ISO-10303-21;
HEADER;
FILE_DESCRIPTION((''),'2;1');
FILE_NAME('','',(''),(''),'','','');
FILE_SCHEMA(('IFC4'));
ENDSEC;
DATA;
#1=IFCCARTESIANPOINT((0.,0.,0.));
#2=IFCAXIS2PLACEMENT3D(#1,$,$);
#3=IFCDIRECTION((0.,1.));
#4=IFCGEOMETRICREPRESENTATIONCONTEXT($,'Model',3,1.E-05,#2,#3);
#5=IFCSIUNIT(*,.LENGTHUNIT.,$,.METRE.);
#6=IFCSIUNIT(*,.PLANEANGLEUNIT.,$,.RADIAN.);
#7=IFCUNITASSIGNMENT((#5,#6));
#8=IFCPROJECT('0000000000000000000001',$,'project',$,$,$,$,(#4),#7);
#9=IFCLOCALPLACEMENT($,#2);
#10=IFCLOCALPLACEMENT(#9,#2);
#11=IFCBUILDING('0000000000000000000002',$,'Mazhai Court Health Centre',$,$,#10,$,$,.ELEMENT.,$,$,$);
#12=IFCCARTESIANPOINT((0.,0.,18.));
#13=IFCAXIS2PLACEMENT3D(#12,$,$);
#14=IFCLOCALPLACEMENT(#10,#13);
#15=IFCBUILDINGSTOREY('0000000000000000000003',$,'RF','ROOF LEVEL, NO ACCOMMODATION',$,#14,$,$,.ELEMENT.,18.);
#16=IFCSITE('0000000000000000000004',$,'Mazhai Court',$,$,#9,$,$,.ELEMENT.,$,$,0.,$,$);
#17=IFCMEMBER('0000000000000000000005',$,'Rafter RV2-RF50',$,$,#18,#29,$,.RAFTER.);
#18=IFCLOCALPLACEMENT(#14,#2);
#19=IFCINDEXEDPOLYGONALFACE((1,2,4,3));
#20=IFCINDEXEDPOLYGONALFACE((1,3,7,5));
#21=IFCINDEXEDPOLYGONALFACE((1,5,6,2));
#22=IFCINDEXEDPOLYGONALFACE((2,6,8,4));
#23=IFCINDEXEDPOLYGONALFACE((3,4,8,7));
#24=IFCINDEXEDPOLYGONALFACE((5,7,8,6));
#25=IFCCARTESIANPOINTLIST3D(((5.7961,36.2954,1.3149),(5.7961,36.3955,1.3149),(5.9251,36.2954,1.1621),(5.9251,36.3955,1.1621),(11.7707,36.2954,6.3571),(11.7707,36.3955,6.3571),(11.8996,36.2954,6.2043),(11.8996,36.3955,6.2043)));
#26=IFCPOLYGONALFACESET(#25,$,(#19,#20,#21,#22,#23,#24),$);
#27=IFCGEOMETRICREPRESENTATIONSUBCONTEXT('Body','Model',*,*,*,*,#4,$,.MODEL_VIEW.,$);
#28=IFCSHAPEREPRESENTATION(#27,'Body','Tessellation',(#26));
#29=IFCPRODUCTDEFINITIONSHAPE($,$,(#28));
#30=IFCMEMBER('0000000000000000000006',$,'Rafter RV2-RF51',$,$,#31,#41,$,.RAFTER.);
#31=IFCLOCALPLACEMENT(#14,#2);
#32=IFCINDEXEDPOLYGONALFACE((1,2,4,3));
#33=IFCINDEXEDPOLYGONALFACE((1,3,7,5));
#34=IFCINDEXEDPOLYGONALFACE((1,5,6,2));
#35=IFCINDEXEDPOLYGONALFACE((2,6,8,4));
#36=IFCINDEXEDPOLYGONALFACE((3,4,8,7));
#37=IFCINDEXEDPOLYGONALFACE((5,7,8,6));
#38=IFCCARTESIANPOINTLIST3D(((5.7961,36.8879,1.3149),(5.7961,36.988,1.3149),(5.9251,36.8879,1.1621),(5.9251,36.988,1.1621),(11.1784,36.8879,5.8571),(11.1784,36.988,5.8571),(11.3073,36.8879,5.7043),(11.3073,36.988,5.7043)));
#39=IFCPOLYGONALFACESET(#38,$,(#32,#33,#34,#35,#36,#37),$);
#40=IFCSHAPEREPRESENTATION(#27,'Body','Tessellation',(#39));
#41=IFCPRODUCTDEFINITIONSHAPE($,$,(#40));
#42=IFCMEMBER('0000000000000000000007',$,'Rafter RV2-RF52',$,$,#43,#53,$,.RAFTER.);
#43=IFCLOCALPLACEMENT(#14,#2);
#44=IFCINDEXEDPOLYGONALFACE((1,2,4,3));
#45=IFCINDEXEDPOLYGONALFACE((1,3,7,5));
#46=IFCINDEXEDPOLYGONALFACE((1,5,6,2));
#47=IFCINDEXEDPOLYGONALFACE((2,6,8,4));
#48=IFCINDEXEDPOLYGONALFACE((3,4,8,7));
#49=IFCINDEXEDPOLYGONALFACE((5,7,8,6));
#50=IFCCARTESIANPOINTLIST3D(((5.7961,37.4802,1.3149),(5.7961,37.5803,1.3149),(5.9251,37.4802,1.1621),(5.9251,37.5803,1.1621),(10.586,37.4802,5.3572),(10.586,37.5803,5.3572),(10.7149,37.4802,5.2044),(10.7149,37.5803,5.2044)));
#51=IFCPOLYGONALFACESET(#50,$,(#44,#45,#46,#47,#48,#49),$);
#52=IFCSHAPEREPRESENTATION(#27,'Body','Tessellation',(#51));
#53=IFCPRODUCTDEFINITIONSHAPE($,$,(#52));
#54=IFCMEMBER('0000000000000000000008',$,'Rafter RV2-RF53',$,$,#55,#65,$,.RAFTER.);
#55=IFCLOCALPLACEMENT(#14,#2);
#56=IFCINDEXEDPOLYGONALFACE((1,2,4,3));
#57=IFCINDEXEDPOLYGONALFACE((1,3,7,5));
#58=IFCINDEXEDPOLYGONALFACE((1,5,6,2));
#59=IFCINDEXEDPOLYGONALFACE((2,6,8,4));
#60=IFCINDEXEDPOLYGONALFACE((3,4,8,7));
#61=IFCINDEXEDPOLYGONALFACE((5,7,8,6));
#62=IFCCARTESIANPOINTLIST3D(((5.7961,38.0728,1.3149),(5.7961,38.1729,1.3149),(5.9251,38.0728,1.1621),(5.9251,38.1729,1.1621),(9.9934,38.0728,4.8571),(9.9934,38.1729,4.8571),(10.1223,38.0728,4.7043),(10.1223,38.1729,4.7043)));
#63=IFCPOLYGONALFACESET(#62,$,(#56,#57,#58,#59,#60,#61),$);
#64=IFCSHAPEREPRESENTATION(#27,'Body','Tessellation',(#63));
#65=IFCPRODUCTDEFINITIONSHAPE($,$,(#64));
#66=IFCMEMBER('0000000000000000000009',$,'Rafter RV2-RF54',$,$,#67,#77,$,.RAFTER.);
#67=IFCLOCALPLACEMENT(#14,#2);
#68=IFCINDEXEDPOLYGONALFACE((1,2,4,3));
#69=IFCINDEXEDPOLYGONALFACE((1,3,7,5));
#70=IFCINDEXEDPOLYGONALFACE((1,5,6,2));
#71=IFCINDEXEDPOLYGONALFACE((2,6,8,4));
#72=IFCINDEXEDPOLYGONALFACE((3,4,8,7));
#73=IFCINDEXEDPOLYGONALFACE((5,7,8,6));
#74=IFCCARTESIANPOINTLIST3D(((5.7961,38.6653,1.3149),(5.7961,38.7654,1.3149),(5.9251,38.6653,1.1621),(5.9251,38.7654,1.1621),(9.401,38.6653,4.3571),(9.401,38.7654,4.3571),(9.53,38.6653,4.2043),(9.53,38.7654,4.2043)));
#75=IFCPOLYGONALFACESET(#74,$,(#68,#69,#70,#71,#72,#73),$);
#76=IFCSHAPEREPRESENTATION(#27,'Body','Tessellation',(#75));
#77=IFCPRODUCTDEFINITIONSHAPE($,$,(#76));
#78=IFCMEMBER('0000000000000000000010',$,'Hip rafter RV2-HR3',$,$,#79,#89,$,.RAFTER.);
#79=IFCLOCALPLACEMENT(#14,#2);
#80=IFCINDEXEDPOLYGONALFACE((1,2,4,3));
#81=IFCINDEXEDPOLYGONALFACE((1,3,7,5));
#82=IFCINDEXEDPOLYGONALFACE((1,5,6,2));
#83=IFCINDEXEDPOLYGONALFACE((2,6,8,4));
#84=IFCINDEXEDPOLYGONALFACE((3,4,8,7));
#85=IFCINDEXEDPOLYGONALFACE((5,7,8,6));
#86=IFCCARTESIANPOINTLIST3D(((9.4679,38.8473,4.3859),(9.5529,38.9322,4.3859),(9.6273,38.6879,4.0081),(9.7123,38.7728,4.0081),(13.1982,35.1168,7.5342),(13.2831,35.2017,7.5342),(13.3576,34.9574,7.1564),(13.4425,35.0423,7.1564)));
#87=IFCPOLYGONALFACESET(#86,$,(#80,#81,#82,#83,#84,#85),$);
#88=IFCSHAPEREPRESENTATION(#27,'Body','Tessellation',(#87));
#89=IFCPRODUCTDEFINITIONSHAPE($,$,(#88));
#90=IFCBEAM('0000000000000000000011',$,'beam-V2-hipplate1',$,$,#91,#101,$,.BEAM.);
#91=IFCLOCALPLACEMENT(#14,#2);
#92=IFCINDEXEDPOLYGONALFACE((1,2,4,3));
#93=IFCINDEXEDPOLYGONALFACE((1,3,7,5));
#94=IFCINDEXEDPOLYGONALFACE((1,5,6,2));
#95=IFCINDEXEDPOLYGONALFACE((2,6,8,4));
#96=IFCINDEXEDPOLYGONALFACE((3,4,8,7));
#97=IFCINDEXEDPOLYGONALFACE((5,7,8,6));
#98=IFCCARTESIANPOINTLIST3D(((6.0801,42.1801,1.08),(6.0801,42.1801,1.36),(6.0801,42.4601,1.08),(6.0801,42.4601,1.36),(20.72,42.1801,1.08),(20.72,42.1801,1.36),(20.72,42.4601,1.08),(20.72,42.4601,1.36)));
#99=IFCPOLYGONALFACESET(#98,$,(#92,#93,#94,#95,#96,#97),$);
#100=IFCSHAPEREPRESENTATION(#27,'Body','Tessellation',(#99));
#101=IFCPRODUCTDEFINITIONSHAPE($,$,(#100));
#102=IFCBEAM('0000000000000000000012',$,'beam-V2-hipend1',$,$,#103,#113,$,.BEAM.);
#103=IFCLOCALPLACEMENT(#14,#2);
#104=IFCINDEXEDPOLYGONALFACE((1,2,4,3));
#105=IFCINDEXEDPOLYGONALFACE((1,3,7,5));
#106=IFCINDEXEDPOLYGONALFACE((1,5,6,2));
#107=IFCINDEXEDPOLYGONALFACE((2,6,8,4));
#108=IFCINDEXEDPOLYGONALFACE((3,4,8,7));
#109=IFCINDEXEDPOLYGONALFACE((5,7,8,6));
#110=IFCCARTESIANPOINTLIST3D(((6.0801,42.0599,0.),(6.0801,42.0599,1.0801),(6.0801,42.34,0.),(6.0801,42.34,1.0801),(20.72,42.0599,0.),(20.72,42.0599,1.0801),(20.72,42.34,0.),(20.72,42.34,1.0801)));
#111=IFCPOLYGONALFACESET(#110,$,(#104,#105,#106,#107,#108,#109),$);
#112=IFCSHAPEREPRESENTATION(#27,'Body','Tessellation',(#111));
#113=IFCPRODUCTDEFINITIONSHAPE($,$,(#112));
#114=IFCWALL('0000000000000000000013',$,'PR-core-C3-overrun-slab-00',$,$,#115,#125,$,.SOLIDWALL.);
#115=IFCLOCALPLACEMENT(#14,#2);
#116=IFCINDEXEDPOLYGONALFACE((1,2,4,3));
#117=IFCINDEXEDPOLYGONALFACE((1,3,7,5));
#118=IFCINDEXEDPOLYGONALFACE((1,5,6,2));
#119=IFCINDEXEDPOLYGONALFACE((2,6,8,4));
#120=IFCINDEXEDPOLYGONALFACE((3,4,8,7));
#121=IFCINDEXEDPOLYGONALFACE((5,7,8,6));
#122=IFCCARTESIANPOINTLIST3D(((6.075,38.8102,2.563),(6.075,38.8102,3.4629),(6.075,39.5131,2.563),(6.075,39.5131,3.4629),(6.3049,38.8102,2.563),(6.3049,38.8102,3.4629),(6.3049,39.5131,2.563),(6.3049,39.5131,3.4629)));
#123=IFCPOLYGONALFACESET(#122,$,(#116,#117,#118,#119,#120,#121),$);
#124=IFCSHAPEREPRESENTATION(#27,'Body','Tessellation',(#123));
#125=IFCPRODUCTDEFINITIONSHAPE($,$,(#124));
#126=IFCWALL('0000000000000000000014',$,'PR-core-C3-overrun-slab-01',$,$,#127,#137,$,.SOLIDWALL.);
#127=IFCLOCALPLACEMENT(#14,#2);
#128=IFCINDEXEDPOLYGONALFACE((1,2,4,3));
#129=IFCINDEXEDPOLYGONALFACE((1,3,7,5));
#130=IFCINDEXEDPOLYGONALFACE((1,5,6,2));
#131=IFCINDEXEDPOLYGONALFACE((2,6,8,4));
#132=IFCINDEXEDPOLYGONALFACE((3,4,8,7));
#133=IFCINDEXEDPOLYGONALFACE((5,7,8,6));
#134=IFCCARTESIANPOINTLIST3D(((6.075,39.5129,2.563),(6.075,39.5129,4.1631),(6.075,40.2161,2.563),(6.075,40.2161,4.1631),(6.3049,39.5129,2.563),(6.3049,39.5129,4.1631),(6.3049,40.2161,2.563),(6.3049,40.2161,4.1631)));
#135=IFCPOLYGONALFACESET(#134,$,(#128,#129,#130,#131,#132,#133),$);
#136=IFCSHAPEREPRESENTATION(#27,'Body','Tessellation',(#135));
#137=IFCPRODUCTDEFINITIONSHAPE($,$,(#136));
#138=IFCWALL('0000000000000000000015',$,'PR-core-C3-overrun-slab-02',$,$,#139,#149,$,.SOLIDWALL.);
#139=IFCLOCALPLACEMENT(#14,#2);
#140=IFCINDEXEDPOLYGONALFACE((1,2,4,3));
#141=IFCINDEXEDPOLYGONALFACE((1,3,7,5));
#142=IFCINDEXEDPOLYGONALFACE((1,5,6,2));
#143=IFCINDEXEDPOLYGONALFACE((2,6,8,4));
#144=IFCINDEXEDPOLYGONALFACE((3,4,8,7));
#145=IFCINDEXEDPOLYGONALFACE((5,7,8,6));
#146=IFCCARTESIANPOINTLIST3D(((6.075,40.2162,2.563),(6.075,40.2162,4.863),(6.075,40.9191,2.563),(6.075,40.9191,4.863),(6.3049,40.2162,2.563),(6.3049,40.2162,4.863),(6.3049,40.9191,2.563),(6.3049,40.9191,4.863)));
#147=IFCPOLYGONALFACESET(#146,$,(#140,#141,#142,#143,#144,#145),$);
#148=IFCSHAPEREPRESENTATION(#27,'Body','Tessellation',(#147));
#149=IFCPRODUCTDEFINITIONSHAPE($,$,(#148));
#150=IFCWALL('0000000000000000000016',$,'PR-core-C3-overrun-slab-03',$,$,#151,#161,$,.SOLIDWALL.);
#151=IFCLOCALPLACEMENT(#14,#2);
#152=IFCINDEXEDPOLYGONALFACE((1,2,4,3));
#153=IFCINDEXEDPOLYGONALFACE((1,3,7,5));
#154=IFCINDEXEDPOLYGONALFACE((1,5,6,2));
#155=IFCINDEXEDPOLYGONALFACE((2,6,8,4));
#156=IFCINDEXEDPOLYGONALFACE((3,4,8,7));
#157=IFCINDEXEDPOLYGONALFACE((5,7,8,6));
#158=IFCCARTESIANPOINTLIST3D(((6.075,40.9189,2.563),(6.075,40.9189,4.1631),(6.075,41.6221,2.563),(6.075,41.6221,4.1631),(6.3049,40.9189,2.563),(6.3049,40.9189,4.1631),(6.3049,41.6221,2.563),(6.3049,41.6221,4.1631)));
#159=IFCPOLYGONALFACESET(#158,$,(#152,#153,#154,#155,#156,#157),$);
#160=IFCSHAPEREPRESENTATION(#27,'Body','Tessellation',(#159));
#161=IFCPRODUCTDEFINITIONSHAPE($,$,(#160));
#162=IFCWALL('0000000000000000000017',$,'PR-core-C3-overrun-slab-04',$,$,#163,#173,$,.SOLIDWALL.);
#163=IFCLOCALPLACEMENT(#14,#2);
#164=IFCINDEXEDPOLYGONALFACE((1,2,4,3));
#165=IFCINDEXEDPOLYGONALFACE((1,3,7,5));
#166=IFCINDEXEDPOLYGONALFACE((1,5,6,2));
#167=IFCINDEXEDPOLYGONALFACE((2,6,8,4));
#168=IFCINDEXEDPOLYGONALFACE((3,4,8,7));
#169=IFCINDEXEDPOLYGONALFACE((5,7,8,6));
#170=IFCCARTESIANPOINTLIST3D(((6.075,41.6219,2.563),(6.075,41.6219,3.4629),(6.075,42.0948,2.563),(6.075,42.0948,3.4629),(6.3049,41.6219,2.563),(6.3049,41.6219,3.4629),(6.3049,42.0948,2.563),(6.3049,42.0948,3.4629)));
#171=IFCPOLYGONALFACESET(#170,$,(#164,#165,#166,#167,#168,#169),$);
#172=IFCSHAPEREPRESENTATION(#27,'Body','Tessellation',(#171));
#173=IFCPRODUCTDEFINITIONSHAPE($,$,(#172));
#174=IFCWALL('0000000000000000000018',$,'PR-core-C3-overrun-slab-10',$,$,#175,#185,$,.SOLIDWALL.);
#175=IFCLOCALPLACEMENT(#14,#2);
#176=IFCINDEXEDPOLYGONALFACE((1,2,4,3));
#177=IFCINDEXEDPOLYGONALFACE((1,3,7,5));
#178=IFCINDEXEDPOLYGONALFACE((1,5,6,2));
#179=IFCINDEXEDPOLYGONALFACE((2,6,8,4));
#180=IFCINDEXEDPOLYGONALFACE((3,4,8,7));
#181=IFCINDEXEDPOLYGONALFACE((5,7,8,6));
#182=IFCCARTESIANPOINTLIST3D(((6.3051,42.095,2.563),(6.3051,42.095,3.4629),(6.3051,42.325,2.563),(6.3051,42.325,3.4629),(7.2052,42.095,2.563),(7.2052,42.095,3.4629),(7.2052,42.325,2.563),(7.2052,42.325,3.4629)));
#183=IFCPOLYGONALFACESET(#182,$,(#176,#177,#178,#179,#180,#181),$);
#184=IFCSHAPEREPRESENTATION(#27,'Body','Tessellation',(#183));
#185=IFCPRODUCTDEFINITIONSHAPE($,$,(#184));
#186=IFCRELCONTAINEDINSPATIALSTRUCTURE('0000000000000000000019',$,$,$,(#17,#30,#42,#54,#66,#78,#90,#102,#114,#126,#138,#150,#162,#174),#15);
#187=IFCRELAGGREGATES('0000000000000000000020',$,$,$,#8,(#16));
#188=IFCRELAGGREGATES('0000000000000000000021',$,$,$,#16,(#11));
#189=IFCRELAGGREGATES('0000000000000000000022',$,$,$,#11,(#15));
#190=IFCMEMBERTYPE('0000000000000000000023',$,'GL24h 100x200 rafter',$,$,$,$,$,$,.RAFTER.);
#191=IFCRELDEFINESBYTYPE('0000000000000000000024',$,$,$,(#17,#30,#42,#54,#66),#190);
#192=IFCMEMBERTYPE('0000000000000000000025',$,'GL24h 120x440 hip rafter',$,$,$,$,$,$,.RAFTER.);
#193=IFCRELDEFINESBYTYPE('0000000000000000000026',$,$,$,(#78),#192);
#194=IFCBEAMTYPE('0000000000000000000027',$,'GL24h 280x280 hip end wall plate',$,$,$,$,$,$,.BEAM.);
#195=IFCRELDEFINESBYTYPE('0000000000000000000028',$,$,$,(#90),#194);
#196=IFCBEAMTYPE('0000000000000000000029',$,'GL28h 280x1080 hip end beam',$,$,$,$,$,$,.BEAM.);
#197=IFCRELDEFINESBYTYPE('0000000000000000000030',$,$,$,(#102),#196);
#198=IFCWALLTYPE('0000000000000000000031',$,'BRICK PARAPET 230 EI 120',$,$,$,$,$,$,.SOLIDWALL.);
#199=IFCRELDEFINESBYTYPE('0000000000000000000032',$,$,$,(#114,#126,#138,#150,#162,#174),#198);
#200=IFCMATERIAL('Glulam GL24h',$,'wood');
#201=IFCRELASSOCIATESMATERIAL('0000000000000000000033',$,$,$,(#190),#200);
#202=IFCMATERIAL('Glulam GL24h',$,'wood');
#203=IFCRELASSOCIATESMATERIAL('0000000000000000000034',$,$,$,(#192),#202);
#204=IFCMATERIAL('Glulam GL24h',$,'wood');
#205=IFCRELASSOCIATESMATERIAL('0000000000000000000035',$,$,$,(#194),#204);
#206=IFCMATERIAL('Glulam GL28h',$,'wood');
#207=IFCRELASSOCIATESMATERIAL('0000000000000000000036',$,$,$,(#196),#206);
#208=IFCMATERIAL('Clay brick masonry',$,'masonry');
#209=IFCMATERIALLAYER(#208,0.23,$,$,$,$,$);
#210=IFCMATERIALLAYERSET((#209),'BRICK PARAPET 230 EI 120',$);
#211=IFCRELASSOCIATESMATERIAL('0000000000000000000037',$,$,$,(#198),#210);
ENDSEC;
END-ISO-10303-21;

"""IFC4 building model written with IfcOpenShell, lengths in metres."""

from ifc_helpers import new_model, si_unit, direction, frame, frame_2d, origin, origin_2d, place, context, subcontext, project, spatial, rectangle, extrude, material, layer, layer_set, material_profile, profile_set, type_object, element, save


model = new_model("IFC4")

# Units and contexts
model_context = context("Model", 3, precision=1e-05, world=origin(), true_north=direction((0.0, 1.0)))
body_context = subcontext(model_context, "Body", "Model", "MODEL_VIEW")
ifc_project = project(units=[si_unit("LENGTHUNIT", "METRE"), si_unit("PLANEANGLEUNIT", "RADIAN")], contexts=[model_context])

# Site, building, storey
site_placement = place(None, origin())
site = spatial("IfcSite", under=ifc_project, at=site_placement, Name="Mazhai Court", CompositionType="ELEMENT", RefElevation=0.0)
building_placement = place(site_placement, origin())
building = spatial("IfcBuilding", under=site, at=building_placement, Name="Mazhai Court Health Centre", CompositionType="ELEMENT")
storey_placement = place(building_placement, frame((0.0, 0.0, 18.0)))
storey = spatial("IfcBuildingStorey", under=building, at=storey_placement, Name="RF", Description="ROOF LEVEL, NO ACCOMMODATION", CompositionType="ELEMENT", Elevation=18.0)

# Members
ifc_material_1 = material(Name="Glulam GL24h", Category="wood")
ifc_material_profile_1 = material_profile(ifc_material_1, rectangle(XDim=0.1001, YDim=0.2, at=origin_2d()), Name="GL24h 100x200")
ifc_profile_set_1 = profile_set([ifc_material_profile_1], Name="Glulam GL24h")
member_type_1 = type_object("IfcMemberType", Name="GL24h 100x200 rafter", PredefinedType="RAFTER", material=ifc_profile_set_1)
member_1_placement = place(storey_placement, frame((5.8606, 36.3455, 1.2385), z_axis=(0.764218, 0.0, 0.644958), x_axis=(0.0, 1.0, 0.0)))
element("IfcMember", 1, at=member_1_placement, inside=storey, type_object=member_type_1, Name="Rafter RV2-RF50", PredefinedType="RAFTER", context=body_context, shape_type="SweptSolid", body=[
    extrude(rectangle(XDim=0.1001, YDim=0.2, at=origin_2d()), origin(), (0.0, 0.0, 1.0), 7.8179),
])
member_2_placement = place(storey_placement, frame((5.8606, 36.938, 1.2385), z_axis=(0.764228, 0.0, 0.644946), x_axis=(0.0, 1.0, 0.0)))
element("IfcMember", 2, at=member_2_placement, inside=storey, type_object=member_type_1, Name="Rafter RV2-RF51", PredefinedType="RAFTER", context=body_context, shape_type="SweptSolid", body=[
    extrude(rectangle(XDim=0.1001, YDim=0.2, at=origin_2d()), origin(), (0.0, 0.0, 1.0), 7.0427),
])
member_3_placement = place(storey_placement, frame((5.8606, 37.5303, 1.2385), z_axis=(0.764225, 0.0, 0.64495), x_axis=(0.0, 1.0, 0.0)))
element("IfcMember", 3, at=member_3_placement, inside=storey, type_object=member_type_1, Name="Rafter RV2-RF52", PredefinedType="RAFTER", context=body_context, shape_type="SweptSolid", body=[
    extrude(rectangle(XDim=0.1001, YDim=0.2, at=origin_2d()), origin(), (0.0, 0.0, 1.0), 6.2676),
])
member_4_placement = place(storey_placement, frame((5.8606, 38.1228, 1.2385), z_axis=(0.76422, 0.0, 0.644955), x_axis=(0.0, 1.0, 0.0)))
element("IfcMember", 4, at=member_4_placement, inside=storey, type_object=member_type_1, Name="Rafter RV2-RF53", PredefinedType="RAFTER", context=body_context, shape_type="SweptSolid", body=[
    extrude(rectangle(XDim=0.1001, YDim=0.2, at=origin_2d()), origin(), (0.0, 0.0, 1.0), 5.4922),
])
member_5_placement = place(storey_placement, frame((5.8606, 38.7153, 1.2385), z_axis=(0.764236, 0.0, 0.644937), x_axis=(0.0, 1.0, 0.0)))
element("IfcMember", 5, at=member_5_placement, inside=storey, type_object=member_type_1, Name="Rafter RV2-RF54", PredefinedType="RAFTER", context=body_context, shape_type="SweptSolid", body=[
    extrude(rectangle(XDim=0.1001, YDim=0.2, at=origin_2d()), origin(), (0.0, 0.0, 1.0), 4.717),
])
ifc_material_2 = material(Name="Glulam GL24h", Category="wood")
ifc_material_profile_2 = material_profile(ifc_material_2, rectangle(XDim=0.1201, YDim=0.4399, at=origin_2d()), Name="GL24h 120x440")
ifc_profile_set_2 = profile_set([ifc_material_profile_2], Name="Glulam GL24h")
member_type_2 = type_object("IfcMemberType", Name="GL24h 120x440 hip rafter", PredefinedType="RAFTER", material=ifc_profile_set_2)
member_6_placement = place(storey_placement, frame((9.5901, 38.8101, 4.197), z_axis=(0.607186, -0.607226, 0.512446), x_axis=(0.70713, 0.707084, 0.0)))
element("IfcMember", 6, at=member_6_placement, inside=storey, type_object=member_type_2, Name="Hip rafter RV2-HR3", PredefinedType="RAFTER", context=body_context, shape_type="SweptSolid", body=[
    extrude(rectangle(XDim=0.1201, YDim=0.4399, at=origin_2d()), origin(), (0.0, 0.0, 1.0), 6.1436),
])

# Beams
ifc_material_3 = material(Name="Glulam GL24h", Category="wood")
ifc_material_profile_3 = material_profile(ifc_material_3, rectangle(XDim=0.28, YDim=0.28, at=origin_2d()), Name="GL24h 280x280")
ifc_profile_set_3 = profile_set([ifc_material_profile_3], Name="Glulam GL24h")
beam_type_1 = type_object("IfcBeamType", Name="GL24h 280x280 hip end wall plate", PredefinedType="BEAM", material=ifc_profile_set_3)
beam_1_placement = place(storey_placement, frame((6.0801, 42.3201, 1.22), z_axis=(1.0, 0.0, 0.0), x_axis=(0.0, 1.0, 0.0)))
element("IfcBeam", 7, at=beam_1_placement, inside=storey, type_object=beam_type_1, Name="beam-V2-hipplate1", PredefinedType="BEAM", context=body_context, shape_type="SweptSolid", body=[
    extrude(rectangle(XDim=0.28, YDim=0.28, at=origin_2d()), origin(), (0.0, 0.0, 1.0), 14.6399),
])
ifc_material_4 = material(Name="Glulam GL28h", Category="wood")
ifc_material_profile_4 = material_profile(ifc_material_4, rectangle(XDim=0.28, YDim=1.0801, at=origin_2d()), Name="GL28h 280x1080")
ifc_profile_set_4 = profile_set([ifc_material_profile_4], Name="Glulam GL28h")
beam_type_2 = type_object("IfcBeamType", Name="GL28h 280x1080 hip end beam", PredefinedType="BEAM", material=ifc_profile_set_4)
beam_2_placement = place(storey_placement, frame((6.0801, 42.2, 0.54), z_axis=(1.0, 0.0, 0.0), x_axis=(0.0, 1.0, 0.0)))
element("IfcBeam", 8, at=beam_2_placement, inside=storey, type_object=beam_type_2, Name="beam-V2-hipend1", PredefinedType="BEAM", context=body_context, shape_type="SweptSolid", body=[
    extrude(rectangle(XDim=0.28, YDim=1.0801, at=origin_2d()), origin(), (0.0, 0.0, 1.0), 14.6399),
])

# Walls
ifc_material_5 = material(Name="Clay brick masonry", Category="masonry")
ifc_layer_1 = layer(ifc_material_5, 0.23)
ifc_layer_set_1 = layer_set([ifc_layer_1], Name="BRICK PARAPET 230 EI 120")
wall_type_1 = type_object("IfcWallType", Name="BRICK PARAPET 230 EI 120", PredefinedType="SOLIDWALL", material=ifc_layer_set_1)
wall_1_placement = place(storey_placement, frame((6.1899, 38.8101, 2.563), z_axis=(0.0, 0.0, 1.0), x_axis=(0.0, 1.0, 0.0)))
element("IfcWall", 9, at=wall_1_placement, inside=storey, type_object=wall_type_1, Name="PR-core-C3-overrun-slab-00", PredefinedType="SOLIDWALL", context=body_context, shape_type="SweptSolid", body=[
    extrude(rectangle(XDim=0.7029, YDim=0.23, at=frame_2d((0.3516, 0.0))), origin(), (0.0, 0.0, 1.0), 0.8999),
])
wall_2_placement = place(storey_placement, frame((6.1899, 39.5129, 2.563), z_axis=(0.0, 0.0, 1.0), x_axis=(0.0, 1.0, 0.0)))
element("IfcWall", 10, at=wall_2_placement, inside=storey, type_object=wall_type_1, Name="PR-core-C3-overrun-slab-01", PredefinedType="SOLIDWALL", context=body_context, shape_type="SweptSolid", body=[
    extrude(rectangle(XDim=0.7031, YDim=0.23, at=frame_2d((0.3516, 0.0))), origin(), (0.0, 0.0, 1.0), 1.6001),
])
wall_3_placement = place(storey_placement, frame((6.1899, 40.2161, 2.563), z_axis=(0.0, 0.0, 1.0), x_axis=(0.0, 1.0, 0.0)))
element("IfcWall", 11, at=wall_3_placement, inside=storey, type_object=wall_type_1, Name="PR-core-C3-overrun-slab-02", PredefinedType="SOLIDWALL", context=body_context, shape_type="SweptSolid", body=[
    extrude(rectangle(XDim=0.7029, YDim=0.23, at=frame_2d((0.3516, 0.0))), origin(), (0.0, 0.0, 1.0), 2.3),
])
wall_4_placement = place(storey_placement, frame((6.1899, 40.9189, 2.563), z_axis=(0.0, 0.0, 1.0), x_axis=(0.0, 1.0, 0.0)))
element("IfcWall", 12, at=wall_4_placement, inside=storey, type_object=wall_type_1, Name="PR-core-C3-overrun-slab-03", PredefinedType="SOLIDWALL", context=body_context, shape_type="SweptSolid", body=[
    extrude(rectangle(XDim=0.7031, YDim=0.23, at=frame_2d((0.3516, 0.0))), origin(), (0.0, 0.0, 1.0), 1.6001),
])
wall_5_placement = place(storey_placement, frame((6.1899, 41.6221, 2.563), z_axis=(0.0, 0.0, 1.0), x_axis=(0.0, 1.0, 0.0)))
element("IfcWall", 13, at=wall_5_placement, inside=storey, type_object=wall_type_1, Name="PR-core-C3-overrun-slab-04", PredefinedType="SOLIDWALL", context=body_context, shape_type="SweptSolid", body=[
    extrude(rectangle(XDim=0.4729, YDim=0.23, at=frame_2d((0.2363, 0.0))), origin(), (0.0, 0.0, 1.0), 0.8999),
])
wall_6_placement = place(storey_placement, frame((6.3049, 42.21, 2.563), z_axis=(0.0, 0.0, 1.0), x_axis=(1.0, 0.0, 0.0)))
element("IfcWall", 14, at=wall_6_placement, inside=storey, type_object=wall_type_1, Name="PR-core-C3-overrun-slab-10", PredefinedType="SOLIDWALL", context=body_context, shape_type="SweptSolid", body=[
    extrude(rectangle(XDim=0.9001, YDim=0.23, at=frame_2d((0.4502, 0.0))), origin(), (0.0, 0.0, 1.0), 0.8999),
])

save(model, "model.ifc")
